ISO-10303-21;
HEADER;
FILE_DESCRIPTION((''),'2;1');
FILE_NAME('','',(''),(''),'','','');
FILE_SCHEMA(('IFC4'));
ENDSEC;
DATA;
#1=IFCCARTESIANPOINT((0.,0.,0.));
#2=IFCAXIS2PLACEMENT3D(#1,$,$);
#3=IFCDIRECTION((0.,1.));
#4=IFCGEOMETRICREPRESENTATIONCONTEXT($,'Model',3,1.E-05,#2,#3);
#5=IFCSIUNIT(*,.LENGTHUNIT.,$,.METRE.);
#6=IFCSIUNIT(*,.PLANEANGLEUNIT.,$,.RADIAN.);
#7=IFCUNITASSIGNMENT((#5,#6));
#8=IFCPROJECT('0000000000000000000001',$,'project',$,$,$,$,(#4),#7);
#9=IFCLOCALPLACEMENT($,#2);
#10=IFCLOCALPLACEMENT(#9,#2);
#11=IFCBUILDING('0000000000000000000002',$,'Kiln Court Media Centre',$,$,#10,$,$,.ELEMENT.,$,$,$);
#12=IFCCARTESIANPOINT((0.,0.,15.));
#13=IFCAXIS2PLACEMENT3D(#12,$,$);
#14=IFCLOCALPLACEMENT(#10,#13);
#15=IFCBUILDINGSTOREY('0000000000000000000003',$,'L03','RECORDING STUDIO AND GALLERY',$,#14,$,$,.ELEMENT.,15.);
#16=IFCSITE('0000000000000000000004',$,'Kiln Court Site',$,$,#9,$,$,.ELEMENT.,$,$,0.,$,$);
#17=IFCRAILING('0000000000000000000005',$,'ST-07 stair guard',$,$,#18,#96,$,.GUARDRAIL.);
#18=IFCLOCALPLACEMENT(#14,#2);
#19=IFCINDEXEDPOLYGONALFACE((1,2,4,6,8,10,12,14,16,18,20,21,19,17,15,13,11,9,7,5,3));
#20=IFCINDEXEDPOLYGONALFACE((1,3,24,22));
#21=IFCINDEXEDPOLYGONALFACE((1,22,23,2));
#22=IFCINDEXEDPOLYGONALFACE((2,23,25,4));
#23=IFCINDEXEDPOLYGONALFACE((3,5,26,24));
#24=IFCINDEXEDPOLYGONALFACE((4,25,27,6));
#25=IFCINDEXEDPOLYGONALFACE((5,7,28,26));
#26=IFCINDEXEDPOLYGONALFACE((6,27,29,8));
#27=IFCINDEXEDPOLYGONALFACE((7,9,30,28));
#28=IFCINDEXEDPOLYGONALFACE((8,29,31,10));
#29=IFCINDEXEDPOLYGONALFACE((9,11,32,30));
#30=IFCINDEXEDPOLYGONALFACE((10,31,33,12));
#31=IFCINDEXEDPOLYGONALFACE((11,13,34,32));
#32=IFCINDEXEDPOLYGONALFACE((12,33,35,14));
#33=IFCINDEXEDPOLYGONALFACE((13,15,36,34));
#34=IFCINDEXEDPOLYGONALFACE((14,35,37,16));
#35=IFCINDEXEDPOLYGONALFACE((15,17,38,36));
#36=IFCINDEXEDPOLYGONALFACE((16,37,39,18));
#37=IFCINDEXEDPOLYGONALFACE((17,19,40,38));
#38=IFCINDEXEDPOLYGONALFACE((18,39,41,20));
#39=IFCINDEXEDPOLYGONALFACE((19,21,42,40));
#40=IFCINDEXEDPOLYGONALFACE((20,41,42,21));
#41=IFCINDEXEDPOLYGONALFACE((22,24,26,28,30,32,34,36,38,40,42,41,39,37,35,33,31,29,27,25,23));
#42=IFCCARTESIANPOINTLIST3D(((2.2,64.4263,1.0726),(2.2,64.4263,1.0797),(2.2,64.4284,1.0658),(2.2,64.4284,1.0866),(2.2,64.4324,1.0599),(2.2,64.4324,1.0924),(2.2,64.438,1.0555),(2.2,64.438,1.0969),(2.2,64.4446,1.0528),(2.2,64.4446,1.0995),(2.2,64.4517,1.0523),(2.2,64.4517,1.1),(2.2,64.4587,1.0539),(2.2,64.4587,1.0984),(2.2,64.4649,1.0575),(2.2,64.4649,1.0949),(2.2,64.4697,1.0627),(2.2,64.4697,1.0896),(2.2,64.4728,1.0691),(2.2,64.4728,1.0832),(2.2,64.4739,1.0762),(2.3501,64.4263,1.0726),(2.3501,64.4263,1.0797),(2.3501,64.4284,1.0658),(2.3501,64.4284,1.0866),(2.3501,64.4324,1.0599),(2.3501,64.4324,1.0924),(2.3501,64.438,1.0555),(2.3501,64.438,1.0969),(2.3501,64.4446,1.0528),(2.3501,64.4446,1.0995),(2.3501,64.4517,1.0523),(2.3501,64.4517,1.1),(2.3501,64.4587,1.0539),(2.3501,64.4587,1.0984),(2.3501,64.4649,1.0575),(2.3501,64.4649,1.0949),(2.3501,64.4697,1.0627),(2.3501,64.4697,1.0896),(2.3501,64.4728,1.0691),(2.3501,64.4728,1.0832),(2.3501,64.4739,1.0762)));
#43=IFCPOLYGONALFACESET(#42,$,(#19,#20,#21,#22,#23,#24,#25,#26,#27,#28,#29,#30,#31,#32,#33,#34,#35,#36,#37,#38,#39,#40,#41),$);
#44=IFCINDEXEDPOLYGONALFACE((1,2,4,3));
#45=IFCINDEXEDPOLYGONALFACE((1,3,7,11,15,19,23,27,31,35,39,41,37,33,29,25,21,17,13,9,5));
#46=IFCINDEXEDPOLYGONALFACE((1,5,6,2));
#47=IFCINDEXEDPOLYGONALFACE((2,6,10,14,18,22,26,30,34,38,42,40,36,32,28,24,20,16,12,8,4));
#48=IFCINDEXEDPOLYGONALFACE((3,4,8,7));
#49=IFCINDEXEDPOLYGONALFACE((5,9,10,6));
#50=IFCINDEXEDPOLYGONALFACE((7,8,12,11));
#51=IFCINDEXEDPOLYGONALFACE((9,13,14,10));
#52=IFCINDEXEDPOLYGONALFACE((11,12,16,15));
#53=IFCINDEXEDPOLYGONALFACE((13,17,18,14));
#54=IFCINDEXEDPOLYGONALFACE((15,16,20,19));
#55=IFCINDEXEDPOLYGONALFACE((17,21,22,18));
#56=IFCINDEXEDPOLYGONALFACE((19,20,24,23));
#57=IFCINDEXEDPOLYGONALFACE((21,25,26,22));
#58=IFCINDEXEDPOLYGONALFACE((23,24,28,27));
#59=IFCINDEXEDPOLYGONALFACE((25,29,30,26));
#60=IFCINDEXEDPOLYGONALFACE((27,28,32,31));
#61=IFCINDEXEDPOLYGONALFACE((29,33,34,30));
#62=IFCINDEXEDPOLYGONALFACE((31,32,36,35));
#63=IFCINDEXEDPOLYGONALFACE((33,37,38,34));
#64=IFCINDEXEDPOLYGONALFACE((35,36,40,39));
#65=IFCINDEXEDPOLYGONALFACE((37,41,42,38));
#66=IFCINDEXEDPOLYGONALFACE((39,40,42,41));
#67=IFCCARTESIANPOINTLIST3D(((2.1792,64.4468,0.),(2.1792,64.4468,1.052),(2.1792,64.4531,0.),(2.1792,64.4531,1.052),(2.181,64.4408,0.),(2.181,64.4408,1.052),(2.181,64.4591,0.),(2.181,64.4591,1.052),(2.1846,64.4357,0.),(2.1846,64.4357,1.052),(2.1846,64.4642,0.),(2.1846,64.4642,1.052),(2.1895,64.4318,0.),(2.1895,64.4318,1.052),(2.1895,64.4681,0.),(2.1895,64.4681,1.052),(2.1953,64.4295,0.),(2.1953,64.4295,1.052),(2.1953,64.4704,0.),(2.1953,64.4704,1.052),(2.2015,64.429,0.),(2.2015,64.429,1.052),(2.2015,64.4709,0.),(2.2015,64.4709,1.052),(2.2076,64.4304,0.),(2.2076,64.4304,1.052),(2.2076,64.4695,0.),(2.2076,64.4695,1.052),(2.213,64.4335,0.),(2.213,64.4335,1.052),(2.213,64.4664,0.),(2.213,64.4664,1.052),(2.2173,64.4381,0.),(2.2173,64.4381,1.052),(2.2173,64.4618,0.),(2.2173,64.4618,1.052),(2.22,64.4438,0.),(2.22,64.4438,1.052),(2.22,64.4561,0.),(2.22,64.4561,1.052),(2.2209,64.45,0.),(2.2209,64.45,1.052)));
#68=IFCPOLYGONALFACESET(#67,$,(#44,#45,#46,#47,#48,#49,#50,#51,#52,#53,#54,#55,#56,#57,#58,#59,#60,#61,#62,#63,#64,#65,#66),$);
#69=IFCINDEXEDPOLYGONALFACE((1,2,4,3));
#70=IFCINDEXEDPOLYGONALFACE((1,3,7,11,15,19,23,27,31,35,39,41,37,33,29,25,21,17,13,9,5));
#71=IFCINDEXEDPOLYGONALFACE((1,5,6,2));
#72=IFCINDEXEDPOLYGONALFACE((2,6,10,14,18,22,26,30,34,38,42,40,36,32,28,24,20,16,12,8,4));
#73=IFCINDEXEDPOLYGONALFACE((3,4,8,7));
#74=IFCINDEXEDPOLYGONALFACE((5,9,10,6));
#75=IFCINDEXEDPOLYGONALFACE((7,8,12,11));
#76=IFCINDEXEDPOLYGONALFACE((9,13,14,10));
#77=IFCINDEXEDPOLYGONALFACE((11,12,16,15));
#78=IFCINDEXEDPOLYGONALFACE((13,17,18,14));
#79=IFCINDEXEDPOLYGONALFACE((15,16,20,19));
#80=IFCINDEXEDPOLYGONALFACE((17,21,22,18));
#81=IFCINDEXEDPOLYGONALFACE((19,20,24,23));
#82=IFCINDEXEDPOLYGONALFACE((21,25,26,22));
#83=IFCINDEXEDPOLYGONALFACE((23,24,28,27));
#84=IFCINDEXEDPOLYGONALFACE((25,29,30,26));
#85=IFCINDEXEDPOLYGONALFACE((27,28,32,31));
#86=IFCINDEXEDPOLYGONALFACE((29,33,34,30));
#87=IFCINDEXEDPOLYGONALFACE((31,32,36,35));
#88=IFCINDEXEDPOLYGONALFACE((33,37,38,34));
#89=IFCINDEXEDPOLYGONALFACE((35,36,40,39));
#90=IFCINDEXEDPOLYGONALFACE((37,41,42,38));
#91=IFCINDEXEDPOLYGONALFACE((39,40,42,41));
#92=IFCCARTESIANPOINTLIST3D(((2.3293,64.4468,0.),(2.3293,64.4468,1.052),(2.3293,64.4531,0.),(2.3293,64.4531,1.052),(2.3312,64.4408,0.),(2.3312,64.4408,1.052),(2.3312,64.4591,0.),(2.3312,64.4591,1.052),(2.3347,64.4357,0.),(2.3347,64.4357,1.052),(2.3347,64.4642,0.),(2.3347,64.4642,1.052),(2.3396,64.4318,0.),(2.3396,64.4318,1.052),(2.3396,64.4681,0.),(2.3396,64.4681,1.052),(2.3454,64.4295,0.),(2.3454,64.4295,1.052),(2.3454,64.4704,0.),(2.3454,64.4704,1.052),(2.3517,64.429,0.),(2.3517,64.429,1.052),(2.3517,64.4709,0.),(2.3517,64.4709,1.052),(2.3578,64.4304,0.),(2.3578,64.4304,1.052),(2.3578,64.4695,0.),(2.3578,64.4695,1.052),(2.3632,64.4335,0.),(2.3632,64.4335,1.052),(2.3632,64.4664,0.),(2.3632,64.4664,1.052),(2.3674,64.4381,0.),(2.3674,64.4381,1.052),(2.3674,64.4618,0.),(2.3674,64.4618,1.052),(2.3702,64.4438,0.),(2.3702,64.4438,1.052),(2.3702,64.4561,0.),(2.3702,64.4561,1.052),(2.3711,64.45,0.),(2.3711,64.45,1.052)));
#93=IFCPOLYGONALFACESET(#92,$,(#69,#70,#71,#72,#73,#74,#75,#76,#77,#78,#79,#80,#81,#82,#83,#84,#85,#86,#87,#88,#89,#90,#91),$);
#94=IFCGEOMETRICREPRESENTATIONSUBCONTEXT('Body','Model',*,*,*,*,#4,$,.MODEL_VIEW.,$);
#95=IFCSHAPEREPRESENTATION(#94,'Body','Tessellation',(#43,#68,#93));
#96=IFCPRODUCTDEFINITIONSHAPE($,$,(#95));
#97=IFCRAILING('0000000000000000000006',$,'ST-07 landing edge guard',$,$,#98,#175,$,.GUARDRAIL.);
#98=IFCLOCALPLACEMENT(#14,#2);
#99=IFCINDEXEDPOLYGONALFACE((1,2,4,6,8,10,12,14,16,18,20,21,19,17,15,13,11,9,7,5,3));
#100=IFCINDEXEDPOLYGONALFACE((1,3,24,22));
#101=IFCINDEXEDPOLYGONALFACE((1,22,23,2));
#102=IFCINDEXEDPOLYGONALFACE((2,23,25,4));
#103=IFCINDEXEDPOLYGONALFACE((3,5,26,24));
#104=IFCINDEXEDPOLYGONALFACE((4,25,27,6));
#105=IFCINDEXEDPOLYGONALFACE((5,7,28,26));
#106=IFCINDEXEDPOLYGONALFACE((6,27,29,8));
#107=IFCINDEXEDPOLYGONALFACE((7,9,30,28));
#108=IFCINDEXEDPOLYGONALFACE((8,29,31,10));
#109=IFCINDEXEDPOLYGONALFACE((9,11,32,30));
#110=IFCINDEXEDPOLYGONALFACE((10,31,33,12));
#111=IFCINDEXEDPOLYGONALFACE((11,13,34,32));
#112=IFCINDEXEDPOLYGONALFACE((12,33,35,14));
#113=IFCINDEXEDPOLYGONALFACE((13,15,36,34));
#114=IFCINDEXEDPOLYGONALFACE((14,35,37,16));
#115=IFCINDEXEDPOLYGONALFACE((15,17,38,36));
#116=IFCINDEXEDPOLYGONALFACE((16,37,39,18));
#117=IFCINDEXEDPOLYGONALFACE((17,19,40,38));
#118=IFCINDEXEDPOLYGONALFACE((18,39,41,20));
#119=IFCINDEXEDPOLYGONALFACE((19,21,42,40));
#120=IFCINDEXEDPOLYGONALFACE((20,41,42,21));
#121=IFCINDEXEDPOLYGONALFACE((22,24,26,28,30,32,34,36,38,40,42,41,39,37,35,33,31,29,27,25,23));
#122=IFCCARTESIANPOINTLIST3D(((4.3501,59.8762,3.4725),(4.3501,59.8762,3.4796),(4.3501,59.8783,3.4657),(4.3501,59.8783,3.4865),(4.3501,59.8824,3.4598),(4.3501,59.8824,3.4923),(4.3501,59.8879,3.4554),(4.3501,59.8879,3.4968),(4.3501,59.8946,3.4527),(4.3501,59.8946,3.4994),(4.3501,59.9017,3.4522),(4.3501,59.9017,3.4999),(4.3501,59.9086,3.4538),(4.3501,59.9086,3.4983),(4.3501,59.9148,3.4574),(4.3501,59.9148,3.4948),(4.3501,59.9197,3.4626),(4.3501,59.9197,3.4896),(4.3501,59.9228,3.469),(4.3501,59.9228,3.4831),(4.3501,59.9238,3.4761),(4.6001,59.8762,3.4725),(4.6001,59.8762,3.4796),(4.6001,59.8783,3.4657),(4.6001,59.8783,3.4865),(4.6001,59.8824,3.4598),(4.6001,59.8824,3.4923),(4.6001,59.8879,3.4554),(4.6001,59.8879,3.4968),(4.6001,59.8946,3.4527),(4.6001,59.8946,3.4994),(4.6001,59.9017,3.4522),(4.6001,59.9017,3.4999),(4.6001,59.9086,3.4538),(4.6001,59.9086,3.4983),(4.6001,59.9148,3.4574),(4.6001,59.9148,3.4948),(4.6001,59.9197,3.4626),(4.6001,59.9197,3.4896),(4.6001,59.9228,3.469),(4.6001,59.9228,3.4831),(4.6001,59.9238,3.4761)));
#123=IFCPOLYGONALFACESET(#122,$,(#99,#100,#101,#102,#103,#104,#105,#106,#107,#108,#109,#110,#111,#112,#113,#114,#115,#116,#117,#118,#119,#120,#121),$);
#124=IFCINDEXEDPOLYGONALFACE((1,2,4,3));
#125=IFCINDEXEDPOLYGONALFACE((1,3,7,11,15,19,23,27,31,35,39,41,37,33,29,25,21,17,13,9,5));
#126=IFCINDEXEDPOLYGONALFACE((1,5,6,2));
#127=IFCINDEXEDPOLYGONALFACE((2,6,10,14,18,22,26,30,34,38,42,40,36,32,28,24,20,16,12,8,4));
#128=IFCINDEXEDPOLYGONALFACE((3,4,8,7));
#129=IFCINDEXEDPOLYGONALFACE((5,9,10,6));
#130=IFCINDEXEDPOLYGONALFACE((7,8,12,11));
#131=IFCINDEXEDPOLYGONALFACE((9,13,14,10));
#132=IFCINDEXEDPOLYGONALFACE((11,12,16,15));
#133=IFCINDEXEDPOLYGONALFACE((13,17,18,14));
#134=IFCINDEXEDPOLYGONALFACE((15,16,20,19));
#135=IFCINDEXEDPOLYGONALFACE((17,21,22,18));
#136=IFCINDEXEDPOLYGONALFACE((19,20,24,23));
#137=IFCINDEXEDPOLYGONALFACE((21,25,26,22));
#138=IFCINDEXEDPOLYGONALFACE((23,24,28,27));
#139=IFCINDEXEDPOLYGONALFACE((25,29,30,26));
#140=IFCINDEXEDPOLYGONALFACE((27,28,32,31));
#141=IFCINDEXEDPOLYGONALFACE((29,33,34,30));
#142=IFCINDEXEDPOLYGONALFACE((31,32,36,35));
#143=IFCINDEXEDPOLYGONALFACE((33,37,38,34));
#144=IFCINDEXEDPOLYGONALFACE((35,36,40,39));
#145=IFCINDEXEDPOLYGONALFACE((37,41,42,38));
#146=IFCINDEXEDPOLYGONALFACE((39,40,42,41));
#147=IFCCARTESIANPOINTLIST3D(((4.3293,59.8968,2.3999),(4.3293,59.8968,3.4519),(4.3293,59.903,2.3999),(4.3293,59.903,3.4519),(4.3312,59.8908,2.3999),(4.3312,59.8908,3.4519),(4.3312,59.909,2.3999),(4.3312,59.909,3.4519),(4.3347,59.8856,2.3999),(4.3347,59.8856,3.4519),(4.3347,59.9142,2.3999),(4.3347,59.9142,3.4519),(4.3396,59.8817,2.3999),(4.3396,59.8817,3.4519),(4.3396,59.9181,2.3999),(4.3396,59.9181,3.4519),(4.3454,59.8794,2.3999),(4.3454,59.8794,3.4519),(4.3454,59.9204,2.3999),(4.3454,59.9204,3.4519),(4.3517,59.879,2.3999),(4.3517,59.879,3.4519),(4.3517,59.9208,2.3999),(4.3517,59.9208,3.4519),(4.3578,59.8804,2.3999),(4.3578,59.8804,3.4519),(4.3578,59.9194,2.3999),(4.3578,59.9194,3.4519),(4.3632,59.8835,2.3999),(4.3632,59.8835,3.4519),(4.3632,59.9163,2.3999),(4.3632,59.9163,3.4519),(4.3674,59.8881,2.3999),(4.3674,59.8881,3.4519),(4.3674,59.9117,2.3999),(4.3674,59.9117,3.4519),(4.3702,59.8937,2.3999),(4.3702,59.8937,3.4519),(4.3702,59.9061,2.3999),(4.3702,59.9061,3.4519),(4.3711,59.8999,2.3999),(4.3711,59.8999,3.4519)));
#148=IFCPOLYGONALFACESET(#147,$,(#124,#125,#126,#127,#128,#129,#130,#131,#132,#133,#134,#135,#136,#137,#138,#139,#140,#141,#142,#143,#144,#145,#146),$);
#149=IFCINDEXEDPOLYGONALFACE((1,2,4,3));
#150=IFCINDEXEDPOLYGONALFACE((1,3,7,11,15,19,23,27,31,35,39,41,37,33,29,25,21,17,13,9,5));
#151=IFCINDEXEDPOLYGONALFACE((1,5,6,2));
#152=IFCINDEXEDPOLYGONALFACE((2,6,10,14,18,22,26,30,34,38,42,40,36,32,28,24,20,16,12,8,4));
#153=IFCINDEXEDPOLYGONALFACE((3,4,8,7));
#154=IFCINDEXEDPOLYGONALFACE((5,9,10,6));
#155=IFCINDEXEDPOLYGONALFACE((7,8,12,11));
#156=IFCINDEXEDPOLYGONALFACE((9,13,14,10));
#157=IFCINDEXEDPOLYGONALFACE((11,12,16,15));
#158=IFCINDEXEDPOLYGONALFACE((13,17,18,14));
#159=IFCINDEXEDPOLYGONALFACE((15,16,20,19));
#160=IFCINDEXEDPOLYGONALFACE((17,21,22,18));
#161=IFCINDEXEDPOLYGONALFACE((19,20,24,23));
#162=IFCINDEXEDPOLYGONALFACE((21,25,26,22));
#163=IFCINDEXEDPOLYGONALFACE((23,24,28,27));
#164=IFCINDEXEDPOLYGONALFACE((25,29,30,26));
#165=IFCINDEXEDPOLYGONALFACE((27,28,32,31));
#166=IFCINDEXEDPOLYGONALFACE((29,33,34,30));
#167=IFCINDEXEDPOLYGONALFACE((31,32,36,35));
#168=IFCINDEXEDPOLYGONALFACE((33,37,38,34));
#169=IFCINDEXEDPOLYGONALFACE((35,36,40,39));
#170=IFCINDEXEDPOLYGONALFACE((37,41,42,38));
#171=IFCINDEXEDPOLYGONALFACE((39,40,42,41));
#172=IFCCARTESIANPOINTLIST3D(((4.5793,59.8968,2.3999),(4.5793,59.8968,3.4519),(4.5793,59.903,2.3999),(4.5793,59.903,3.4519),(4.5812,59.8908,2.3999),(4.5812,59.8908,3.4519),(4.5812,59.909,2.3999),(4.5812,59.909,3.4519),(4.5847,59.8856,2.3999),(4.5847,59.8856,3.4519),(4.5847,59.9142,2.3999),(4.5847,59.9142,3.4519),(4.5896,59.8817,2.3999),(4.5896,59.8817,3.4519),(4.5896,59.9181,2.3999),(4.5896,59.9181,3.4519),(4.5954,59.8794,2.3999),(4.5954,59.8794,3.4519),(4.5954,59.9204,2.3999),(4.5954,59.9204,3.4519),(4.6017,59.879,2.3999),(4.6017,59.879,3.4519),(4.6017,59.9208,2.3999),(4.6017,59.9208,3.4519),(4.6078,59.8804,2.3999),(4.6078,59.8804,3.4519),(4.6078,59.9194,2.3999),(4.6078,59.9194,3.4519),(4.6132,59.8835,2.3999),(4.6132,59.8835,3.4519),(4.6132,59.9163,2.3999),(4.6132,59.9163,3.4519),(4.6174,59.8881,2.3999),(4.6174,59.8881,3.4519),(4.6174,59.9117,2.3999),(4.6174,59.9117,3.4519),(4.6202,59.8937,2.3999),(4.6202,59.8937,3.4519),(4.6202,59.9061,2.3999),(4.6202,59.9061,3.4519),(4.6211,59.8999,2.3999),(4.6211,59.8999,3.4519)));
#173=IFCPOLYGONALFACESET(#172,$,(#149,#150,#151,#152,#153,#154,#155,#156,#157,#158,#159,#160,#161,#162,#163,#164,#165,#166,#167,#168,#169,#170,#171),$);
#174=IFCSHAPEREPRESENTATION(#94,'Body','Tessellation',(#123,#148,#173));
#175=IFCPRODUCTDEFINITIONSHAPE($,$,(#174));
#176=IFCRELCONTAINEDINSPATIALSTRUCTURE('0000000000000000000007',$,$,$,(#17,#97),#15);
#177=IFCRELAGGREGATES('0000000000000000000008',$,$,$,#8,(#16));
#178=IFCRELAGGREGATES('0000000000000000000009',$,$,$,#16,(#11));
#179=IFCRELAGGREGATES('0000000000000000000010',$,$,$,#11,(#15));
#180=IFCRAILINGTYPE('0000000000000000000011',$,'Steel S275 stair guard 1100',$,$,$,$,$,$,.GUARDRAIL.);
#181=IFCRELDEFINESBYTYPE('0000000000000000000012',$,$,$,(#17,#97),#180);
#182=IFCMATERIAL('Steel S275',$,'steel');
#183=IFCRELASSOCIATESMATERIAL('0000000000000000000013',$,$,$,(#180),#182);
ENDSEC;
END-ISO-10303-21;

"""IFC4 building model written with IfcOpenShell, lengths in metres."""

from ifc_helpers import new_model, si_unit, direction, frame, origin, origin_2d, place, context, subcontext, project, spatial, circle, extrude, material, type_object, element, save


model = new_model("IFC4")

# Units and contexts
model_context = context("Model", 3, precision=1e-05, world=origin(), true_north=direction((0.0, 1.0)))
body_context = subcontext(model_context, "Body", "Model", "MODEL_VIEW")
ifc_project = project(units=[si_unit("LENGTHUNIT", "METRE"), si_unit("PLANEANGLEUNIT", "RADIAN")], contexts=[model_context])

# Site, building, storey
site_placement = place(None, origin())
site = spatial("IfcSite", under=ifc_project, at=site_placement, Name="Kiln Court Site", CompositionType="ELEMENT", RefElevation=0.0)
building_placement = place(site_placement, origin())
building = spatial("IfcBuilding", under=site, at=building_placement, Name="Kiln Court Media Centre", CompositionType="ELEMENT")
storey_placement = place(building_placement, frame((0.0, 0.0, 15.0)))
storey = spatial("IfcBuildingStorey", under=building, at=storey_placement, Name="L03", Description="RECORDING STUDIO AND GALLERY", CompositionType="ELEMENT", Elevation=15.0)

# Railings
ifc_material_1 = material(Name="Steel S275", Category="steel")
railing_type_1 = type_object("IfcRailingType", Name="Steel S275 stair guard 1100", PredefinedType="GUARDRAIL", material=ifc_material_1)
railing_1_placement = place(storey_placement, frame((2.2, 64.45, 0.0)))
element("IfcRailing", 1, at=railing_1_placement, inside=storey, type_object=railing_type_1, Name="ST-07 stair guard", PredefinedType="GUARDRAIL", context=body_context, shape_type="SweptSolid", body=[
    extrude(circle(Radius=0.0239, at=origin_2d()), frame((0.0, 0.0, 1.0762), z_axis=(1.0, 0.0, 0.0), x_axis=(0.0, 1.0, 0.0)), (0.0, 0.0, 1.0), 0.1501),
    extrude(circle(Radius=0.021, at=origin_2d()), origin(), (0.0, 0.0, 1.0), 1.052),
    extrude(circle(Radius=0.021, at=origin_2d()), frame((0.1501, 0.0, 0.0)), (0.0, 0.0, 1.0), 1.052),
])
for number, where, name in (
    (2, (4.3501, 59.8999, 2.3999), "ST-07 landing edge guard"),
):
    element("IfcRailing", number, at=place(storey_placement, frame(where)), inside=storey, type_object=railing_type_1, Name=name, PredefinedType="GUARDRAIL", context=body_context, shape_type="SweptSolid", body=[
        extrude(circle(Radius=0.0239, at=origin_2d()), frame((0.0, 0.0, 1.0762), z_axis=(1.0, 0.0, 0.0), x_axis=(0.0, 1.0, 0.0)), (0.0, 0.0, 1.0), 0.25),
        extrude(circle(Radius=0.021, at=origin_2d()), origin(), (0.0, 0.0, 1.0), 1.052),
        extrude(circle(Radius=0.021, at=origin_2d()), frame((0.25, 0.0, 0.0)), (0.0, 0.0, 1.0), 1.052),
    ])

save(model, "model.ifc")
